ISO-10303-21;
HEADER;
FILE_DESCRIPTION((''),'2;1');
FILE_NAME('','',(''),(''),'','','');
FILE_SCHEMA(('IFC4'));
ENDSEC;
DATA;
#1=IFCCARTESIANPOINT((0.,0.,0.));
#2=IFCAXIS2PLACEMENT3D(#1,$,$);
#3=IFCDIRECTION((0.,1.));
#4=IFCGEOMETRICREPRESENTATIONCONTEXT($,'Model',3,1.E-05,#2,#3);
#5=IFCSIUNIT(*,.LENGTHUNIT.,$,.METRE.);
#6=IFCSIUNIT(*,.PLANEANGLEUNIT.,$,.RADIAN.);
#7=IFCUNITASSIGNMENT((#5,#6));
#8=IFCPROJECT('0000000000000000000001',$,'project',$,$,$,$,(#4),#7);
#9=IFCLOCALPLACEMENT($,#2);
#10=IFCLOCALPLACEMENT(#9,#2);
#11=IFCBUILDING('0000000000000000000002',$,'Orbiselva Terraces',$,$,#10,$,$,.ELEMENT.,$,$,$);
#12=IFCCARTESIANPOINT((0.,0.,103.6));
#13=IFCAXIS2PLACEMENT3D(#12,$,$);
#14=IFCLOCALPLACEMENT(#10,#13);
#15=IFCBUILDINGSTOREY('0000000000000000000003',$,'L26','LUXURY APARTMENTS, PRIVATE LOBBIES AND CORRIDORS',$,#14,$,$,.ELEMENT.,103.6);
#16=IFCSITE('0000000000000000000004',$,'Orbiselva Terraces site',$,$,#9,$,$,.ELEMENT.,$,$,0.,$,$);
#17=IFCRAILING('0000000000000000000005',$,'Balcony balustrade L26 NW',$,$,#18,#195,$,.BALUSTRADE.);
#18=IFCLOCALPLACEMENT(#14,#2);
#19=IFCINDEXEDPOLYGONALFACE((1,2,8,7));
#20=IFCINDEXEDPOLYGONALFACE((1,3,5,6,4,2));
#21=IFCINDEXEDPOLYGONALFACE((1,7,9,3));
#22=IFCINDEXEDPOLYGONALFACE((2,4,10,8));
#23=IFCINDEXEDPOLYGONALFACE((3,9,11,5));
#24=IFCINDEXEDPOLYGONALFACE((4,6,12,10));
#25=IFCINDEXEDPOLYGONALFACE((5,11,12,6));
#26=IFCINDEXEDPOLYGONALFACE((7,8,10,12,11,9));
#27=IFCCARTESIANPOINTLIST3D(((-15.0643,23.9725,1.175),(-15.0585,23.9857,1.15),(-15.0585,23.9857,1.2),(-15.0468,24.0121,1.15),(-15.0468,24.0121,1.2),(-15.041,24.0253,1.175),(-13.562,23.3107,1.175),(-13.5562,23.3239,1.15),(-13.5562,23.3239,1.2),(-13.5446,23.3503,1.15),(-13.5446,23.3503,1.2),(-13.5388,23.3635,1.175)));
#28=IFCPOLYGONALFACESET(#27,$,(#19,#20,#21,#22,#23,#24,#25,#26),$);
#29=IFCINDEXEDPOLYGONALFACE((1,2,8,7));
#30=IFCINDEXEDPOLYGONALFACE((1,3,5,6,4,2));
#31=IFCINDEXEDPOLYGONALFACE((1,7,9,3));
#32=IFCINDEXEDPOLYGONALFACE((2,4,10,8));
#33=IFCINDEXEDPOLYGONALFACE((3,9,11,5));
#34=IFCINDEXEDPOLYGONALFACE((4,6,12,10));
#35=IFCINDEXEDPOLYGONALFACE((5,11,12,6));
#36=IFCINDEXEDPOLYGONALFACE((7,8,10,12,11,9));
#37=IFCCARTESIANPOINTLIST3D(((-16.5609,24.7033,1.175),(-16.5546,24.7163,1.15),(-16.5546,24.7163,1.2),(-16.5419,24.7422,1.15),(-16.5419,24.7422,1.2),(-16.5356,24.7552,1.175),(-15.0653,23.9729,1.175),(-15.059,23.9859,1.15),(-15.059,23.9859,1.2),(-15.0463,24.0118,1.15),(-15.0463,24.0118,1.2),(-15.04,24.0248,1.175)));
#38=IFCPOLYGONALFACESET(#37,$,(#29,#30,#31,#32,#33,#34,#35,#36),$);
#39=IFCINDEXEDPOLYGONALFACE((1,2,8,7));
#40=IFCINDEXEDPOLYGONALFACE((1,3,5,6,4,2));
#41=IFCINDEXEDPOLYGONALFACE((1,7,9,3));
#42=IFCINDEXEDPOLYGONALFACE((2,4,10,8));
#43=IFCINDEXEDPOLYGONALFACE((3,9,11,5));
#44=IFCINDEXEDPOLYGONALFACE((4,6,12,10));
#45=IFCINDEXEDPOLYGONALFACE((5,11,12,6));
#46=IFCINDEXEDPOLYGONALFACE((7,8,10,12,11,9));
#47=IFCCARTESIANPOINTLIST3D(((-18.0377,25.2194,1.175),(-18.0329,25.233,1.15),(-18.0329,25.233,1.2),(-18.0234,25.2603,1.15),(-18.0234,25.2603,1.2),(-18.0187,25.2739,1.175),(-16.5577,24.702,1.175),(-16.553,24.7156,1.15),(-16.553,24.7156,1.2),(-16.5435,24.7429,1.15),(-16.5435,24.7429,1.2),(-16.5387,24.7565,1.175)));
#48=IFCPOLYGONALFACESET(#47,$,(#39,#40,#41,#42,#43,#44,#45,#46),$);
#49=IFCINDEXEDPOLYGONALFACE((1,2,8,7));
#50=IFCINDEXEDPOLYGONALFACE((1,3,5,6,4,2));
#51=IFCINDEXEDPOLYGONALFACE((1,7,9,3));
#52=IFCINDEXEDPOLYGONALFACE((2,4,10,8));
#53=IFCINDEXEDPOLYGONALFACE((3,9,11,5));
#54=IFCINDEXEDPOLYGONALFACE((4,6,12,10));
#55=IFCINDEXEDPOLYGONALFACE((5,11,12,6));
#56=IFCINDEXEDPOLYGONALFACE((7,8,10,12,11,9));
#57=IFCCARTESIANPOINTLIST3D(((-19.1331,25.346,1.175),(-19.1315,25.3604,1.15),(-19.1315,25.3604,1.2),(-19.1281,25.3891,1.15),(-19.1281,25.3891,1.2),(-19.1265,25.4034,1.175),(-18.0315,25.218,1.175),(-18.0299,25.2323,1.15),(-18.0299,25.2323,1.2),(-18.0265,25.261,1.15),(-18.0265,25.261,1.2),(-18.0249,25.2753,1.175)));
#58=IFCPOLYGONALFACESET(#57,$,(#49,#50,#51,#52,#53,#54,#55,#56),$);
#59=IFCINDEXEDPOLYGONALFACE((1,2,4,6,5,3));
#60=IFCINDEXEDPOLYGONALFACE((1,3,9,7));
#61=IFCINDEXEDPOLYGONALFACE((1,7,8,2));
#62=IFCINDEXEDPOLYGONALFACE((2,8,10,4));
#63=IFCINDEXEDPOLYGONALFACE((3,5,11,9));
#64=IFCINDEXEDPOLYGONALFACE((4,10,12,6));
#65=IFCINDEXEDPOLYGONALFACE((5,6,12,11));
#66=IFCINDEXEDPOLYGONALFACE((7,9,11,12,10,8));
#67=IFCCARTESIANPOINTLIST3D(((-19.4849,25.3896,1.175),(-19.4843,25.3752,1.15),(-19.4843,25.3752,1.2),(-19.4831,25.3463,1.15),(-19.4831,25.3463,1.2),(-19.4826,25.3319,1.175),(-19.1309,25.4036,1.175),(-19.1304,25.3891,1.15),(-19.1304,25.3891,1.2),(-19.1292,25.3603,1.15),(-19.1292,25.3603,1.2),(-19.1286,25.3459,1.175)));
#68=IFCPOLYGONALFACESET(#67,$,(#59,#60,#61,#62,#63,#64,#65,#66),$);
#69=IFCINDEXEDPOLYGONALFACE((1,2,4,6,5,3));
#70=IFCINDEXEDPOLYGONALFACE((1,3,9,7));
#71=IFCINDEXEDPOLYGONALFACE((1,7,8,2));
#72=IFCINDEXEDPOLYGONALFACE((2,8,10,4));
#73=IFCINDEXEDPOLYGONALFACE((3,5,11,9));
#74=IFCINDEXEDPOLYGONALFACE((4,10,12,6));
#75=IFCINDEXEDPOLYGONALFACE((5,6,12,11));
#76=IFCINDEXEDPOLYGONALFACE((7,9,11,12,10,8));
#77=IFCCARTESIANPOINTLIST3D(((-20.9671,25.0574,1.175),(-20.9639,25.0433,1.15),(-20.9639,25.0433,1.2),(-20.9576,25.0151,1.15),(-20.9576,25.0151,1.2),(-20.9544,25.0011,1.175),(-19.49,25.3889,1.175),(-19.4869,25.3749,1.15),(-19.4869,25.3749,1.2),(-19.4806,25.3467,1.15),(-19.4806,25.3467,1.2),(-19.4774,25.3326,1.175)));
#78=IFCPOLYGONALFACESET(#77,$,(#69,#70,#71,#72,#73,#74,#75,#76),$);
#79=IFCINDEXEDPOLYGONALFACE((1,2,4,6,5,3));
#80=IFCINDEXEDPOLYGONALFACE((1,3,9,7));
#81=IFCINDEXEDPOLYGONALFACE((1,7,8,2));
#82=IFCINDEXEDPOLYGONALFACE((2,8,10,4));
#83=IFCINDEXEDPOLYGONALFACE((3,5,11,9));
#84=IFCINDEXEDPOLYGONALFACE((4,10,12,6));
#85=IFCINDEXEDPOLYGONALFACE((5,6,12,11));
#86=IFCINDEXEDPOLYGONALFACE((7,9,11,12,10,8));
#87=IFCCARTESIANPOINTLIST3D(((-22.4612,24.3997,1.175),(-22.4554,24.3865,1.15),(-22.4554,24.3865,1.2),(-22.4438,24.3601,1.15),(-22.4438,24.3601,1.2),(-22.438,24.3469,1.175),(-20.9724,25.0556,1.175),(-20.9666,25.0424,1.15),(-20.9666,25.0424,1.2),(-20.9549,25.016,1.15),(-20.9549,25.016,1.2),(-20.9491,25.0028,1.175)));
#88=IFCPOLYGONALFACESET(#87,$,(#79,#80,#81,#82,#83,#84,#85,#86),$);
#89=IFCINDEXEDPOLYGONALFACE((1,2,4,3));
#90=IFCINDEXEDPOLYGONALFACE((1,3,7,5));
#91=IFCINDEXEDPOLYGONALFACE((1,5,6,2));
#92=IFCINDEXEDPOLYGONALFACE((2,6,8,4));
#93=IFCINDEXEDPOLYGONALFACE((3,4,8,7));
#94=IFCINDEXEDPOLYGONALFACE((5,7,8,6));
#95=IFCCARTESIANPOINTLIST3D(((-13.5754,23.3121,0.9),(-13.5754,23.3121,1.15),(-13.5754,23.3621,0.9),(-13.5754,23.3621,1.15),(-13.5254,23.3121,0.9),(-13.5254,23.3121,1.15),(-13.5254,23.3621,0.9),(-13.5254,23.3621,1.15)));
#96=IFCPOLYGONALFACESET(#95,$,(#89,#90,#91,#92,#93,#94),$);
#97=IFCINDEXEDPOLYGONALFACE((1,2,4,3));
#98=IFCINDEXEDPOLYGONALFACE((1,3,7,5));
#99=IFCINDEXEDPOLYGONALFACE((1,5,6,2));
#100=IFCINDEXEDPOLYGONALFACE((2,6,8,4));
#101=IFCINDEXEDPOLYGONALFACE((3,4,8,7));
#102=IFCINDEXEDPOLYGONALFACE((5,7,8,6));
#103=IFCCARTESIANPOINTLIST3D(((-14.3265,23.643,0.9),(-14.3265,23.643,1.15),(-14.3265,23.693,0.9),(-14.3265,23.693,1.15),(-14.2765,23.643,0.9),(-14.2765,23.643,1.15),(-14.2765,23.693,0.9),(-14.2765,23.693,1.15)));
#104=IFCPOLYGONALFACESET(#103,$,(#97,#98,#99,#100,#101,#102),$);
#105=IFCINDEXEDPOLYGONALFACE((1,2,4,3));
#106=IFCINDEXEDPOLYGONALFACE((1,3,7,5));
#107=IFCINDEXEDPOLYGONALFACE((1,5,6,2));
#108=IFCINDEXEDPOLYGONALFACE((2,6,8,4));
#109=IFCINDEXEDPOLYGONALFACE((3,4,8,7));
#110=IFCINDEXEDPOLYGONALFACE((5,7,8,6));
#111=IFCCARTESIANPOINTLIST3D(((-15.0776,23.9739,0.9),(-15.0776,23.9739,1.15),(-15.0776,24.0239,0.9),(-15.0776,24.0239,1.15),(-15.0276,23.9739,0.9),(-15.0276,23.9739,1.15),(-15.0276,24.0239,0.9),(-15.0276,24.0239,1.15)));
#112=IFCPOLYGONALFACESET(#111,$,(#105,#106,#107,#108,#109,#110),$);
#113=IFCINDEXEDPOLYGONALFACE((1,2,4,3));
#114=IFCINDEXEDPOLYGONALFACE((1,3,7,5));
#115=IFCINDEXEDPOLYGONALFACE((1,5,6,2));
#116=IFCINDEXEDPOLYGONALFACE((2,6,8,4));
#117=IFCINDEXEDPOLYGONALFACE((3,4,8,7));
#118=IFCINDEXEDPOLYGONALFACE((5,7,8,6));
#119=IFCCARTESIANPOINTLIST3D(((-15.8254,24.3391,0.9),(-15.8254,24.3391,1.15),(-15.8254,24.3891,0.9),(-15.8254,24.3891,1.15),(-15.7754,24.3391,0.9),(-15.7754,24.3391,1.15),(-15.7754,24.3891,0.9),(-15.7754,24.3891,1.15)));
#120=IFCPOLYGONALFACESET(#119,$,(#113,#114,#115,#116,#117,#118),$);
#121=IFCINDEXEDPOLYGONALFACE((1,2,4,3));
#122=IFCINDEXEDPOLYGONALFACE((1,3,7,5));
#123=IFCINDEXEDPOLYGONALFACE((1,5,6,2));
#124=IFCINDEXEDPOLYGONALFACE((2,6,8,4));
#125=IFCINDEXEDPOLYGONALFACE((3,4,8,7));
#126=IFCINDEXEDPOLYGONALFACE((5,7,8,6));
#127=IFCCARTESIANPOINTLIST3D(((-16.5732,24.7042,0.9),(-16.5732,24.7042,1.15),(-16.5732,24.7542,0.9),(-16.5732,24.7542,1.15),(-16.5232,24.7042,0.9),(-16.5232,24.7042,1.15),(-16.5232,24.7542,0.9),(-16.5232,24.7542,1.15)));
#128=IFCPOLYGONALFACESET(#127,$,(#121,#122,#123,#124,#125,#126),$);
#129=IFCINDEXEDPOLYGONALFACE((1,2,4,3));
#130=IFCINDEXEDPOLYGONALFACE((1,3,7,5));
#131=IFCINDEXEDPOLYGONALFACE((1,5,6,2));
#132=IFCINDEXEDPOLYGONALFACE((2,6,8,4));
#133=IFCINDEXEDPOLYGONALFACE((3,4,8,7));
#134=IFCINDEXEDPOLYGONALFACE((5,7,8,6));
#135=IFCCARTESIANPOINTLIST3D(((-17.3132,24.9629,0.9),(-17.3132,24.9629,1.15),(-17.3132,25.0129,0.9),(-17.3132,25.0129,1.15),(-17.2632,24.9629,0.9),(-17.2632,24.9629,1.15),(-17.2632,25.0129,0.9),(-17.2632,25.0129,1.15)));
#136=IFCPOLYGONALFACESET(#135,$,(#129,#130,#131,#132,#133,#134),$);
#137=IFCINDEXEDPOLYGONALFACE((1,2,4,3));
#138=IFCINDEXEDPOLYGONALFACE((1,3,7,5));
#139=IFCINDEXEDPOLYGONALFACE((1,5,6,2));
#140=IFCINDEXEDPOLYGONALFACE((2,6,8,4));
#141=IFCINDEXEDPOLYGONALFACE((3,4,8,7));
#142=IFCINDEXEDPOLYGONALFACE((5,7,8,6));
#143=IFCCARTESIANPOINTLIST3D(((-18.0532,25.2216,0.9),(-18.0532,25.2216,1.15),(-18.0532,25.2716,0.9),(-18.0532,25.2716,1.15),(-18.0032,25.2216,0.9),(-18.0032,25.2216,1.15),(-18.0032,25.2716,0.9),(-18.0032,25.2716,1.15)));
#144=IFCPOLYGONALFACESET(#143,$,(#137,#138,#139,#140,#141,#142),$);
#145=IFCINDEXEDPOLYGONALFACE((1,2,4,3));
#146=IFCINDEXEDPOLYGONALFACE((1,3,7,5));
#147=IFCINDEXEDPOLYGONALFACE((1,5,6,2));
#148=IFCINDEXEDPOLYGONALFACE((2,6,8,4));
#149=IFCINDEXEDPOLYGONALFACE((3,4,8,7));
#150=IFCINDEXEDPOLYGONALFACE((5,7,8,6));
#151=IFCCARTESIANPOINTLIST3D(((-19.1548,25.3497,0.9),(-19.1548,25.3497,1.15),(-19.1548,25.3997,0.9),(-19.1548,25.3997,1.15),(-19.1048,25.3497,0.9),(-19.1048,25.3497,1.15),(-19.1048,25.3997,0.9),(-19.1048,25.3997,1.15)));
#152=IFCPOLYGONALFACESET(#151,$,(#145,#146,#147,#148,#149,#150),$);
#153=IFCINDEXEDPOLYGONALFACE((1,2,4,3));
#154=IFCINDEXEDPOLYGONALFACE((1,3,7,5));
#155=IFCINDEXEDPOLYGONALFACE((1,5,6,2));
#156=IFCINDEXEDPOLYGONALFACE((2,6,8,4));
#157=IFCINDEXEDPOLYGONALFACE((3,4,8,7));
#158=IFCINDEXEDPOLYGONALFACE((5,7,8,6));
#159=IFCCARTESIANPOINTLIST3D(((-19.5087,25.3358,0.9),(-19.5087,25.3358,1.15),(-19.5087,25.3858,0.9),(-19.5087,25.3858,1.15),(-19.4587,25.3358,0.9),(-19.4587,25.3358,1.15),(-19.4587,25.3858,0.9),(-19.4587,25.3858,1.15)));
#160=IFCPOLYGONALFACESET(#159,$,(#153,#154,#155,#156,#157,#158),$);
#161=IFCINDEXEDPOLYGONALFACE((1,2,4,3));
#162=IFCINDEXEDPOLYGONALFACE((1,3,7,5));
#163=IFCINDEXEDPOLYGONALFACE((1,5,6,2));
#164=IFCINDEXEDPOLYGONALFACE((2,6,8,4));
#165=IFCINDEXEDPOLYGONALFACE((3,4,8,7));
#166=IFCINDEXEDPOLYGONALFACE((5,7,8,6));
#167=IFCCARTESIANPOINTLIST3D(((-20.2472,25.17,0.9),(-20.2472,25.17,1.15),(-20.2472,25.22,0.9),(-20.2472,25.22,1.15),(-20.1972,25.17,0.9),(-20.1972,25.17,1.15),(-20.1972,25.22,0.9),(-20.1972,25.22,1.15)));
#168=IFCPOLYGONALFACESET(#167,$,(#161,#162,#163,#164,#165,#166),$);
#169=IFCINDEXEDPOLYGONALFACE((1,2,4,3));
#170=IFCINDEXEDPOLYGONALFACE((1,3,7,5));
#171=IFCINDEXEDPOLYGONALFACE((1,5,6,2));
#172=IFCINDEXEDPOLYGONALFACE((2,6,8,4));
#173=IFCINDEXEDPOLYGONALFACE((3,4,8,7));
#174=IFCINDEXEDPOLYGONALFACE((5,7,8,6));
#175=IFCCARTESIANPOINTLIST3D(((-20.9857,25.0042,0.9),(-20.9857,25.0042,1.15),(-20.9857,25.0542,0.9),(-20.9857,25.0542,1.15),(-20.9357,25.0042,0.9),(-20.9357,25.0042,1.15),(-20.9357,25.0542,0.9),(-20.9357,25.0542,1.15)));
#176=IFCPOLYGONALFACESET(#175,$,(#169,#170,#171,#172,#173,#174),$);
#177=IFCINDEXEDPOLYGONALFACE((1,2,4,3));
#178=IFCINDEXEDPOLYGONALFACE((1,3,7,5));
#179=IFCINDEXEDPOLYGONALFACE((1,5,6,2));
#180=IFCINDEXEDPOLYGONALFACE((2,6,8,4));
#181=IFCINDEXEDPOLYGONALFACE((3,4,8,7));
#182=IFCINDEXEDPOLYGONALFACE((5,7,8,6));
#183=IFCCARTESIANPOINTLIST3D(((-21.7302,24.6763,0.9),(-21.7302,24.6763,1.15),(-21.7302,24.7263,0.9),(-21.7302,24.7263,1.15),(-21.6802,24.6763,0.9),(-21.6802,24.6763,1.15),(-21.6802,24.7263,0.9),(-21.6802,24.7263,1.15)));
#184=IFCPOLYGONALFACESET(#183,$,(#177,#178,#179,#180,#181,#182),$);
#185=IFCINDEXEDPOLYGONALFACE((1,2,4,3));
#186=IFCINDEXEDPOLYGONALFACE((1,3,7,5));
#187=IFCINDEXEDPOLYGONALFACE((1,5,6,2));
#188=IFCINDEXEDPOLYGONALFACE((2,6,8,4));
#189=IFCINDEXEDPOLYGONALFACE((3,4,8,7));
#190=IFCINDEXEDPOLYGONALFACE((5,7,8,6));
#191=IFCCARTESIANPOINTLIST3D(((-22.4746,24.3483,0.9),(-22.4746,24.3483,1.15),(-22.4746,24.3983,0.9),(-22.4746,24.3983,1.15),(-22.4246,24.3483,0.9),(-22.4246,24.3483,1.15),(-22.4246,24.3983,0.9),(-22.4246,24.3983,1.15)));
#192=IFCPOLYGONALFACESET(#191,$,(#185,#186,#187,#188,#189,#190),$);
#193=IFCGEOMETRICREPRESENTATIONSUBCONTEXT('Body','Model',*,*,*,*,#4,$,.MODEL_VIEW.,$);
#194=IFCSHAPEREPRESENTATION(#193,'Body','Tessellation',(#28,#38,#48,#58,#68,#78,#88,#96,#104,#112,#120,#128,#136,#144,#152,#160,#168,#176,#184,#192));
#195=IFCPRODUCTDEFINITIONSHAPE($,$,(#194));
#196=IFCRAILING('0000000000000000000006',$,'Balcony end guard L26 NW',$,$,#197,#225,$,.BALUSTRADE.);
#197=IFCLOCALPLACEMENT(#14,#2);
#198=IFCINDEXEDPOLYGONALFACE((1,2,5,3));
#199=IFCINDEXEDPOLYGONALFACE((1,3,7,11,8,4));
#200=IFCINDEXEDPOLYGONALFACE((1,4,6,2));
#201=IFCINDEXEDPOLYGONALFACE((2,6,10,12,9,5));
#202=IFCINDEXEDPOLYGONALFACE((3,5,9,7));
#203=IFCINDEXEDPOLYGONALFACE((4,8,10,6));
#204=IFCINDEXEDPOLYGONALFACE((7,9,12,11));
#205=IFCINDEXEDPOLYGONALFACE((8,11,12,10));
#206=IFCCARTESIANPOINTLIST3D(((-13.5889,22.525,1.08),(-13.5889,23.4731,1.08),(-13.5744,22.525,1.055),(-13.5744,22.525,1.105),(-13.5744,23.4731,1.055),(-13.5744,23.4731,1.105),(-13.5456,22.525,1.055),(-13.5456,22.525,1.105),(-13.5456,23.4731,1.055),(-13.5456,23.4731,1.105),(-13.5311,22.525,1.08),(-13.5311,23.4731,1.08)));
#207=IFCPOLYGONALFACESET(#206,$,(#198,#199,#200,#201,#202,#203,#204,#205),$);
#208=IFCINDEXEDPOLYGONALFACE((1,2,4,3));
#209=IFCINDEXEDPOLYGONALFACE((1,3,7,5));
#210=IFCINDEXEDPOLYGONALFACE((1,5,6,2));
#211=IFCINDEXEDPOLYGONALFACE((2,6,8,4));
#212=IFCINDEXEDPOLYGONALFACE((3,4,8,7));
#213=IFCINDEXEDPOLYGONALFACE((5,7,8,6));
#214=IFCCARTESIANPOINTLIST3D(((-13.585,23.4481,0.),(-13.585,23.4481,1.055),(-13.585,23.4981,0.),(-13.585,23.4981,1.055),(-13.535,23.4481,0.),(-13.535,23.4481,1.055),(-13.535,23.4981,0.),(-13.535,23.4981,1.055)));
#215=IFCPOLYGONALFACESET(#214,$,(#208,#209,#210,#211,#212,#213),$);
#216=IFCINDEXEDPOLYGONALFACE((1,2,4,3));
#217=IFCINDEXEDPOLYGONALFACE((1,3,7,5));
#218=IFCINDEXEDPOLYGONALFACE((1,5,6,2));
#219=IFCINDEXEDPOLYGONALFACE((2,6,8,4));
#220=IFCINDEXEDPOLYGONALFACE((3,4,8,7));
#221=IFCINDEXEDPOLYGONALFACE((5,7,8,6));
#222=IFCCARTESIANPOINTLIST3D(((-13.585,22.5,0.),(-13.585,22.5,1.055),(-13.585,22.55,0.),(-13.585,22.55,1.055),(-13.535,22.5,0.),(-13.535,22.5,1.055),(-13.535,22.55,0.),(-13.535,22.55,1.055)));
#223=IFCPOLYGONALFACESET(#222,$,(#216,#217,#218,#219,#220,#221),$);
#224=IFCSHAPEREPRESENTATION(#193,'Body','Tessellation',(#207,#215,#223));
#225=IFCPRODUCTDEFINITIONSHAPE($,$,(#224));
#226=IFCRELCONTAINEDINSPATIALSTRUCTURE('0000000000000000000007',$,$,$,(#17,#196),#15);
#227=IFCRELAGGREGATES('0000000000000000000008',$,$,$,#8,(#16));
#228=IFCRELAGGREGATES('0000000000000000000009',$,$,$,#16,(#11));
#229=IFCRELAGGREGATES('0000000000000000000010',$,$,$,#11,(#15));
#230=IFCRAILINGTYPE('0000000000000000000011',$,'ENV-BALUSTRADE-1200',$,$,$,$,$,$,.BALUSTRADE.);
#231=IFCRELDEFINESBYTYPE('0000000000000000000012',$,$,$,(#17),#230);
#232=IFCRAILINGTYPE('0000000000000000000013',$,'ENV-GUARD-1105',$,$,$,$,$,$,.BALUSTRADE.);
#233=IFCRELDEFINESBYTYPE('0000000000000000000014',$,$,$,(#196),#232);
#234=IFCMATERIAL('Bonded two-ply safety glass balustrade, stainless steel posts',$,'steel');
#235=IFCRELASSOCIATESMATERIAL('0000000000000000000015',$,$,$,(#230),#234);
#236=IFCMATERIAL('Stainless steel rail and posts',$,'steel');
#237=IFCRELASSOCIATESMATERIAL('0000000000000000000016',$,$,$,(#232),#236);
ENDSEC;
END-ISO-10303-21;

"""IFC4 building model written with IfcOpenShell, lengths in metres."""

from ifc_helpers import new_model, si_unit, direction, frame, origin, origin_2d, place, context, subcontext, project, spatial, polyline, rectangle, outline, extrude, material, type_object, element, save


model = new_model("IFC4")

# Units and contexts
model_context = context("Model", 3, precision=1e-05, world=origin(), true_north=direction((0.0, 1.0)))
body_context = subcontext(model_context, "Body", "Model", "MODEL_VIEW")
ifc_project = project(units=[si_unit("LENGTHUNIT", "METRE"), si_unit("PLANEANGLEUNIT", "RADIAN")], contexts=[model_context])

# Site, building, storey
site_placement = place(None, origin())
site = spatial("IfcSite", under=ifc_project, at=site_placement, Name="Orbiselva Terraces site", CompositionType="ELEMENT", RefElevation=0.0)
building_placement = place(site_placement, origin())
building = spatial("IfcBuilding", under=site, at=building_placement, Name="Orbiselva Terraces", CompositionType="ELEMENT")
storey_placement = place(building_placement, frame((0.0, 0.0, 103.6)))
storey = spatial("IfcBuildingStorey", under=building, at=storey_placement, Name="L26", Description="LUXURY APARTMENTS, PRIVATE LOBBIES AND CORRIDORS", CompositionType="ELEMENT", Elevation=103.6)

# Railings
ifc_material_1 = material(Name="Bonded two-ply safety glass balustrade, stainless steel posts", Category="steel")
railing_type_1 = type_object("IfcRailingType", Name="ENV-BALUSTRADE-1200", PredefinedType="BALUSTRADE", material=ifc_material_1)
railing_1_placement = place(storey_placement, frame((-13.5504, 23.3371, 0.9)))
element("IfcRailing", 1, at=railing_1_placement, inside=storey, type_object=railing_type_1, Name="Balcony balustrade L26 NW", PredefinedType="BALUSTRADE", context=body_context, shape_type="SweptSolid", body=[
    extrude(outline(polyline([(0.0289, 0.0), (0.0144, 0.025), (-0.0144, 0.025), (-0.0289, 0.0), (-0.0144, -0.025), (0.0144, -0.025), (0.0289, 0.0)])), frame((0.0, 0.0, 0.275), z_axis=(-0.915133, 0.403151, 0.0), x_axis=(-0.403151, -0.915133, 0.0)), (0.0, 0.0, 1.0), 1.6416),
    extrude(outline(polyline([(0.0289, 0.0), (0.0144, 0.025), (-0.0144, 0.025), (-0.0289, 0.0), (-0.0144, -0.025), (0.0144, -0.025), (0.0289, 0.0)])), frame((-1.5022, 0.6618, 0.275), z_axis=(-0.898579, 0.438812, 0.0), x_axis=(-0.438812, -0.898579, 0.0)), (0.0, 0.0, 1.0), 1.6644),
    extrude(outline(polyline([(0.0289, 0.0), (0.0144, 0.025), (-0.0144, 0.025), (-0.0289, 0.0), (-0.0144, -0.025), (0.0144, -0.025), (0.0289, 0.0)])), frame((-2.9978, 1.3921, 0.275), z_axis=(-0.943972, 0.330025, 0.0), x_axis=(-0.330025, -0.943972, 0.0)), (0.0, 0.0, 1.0), 1.5678),
    extrude(outline(polyline([(0.0289, 0.0), (0.0144, 0.025), (-0.0144, 0.025), (-0.0289, 0.0), (-0.0144, -0.025), (0.0144, -0.025), (0.0289, 0.0)])), frame((-4.4778, 1.9096, 0.275), z_axis=(-0.99331, 0.115481, 0.0), x_axis=(-0.115481, -0.99331, 0.0)), (0.0, 0.0, 1.0), 1.109),
    extrude(outline(polyline([(0.0289, 0.0), (0.0144, 0.025), (-0.0144, 0.025), (-0.0289, 0.0), (-0.0144, -0.025), (0.0144, -0.025), (0.0289, 0.0)])), frame((-5.5794, 2.0376, 0.275), z_axis=(-0.999225, -0.039364, 0.0), x_axis=(0.039364, -0.999225, 0.0)), (0.0, 0.0, 1.0), 0.3542),
    extrude(outline(polyline([(0.0289, 0.0), (0.0144, 0.025), (-0.0144, 0.025), (-0.0289, 0.0), (-0.0144, -0.025), (0.0144, -0.025), (0.0289, 0.0)])), frame((-5.9333, 2.0237, 0.275), z_axis=(-0.975721, -0.219016, 0.0), x_axis=(0.219016, -0.975721, 0.0)), (0.0, 0.0, 1.0), 1.5138),
    extrude(outline(polyline([(0.0289, 0.0), (0.0144, 0.025), (-0.0144, 0.025), (-0.0289, 0.0), (-0.0144, -0.025), (0.0144, -0.025), (0.0289, 0.0)])), frame((-7.4104, 1.6921, 0.275), z_axis=(-0.915133, -0.403151, 0.0), x_axis=(0.403151, -0.915133, 0.0)), (0.0, 0.0, 1.0), 1.6269),
    extrude(rectangle(XDim=0.05, YDim=0.05, at=origin_2d()), origin(), (0.0, 0.0, 1.0), 0.25),
    extrude(rectangle(XDim=0.05, YDim=0.05, at=origin_2d()), frame((-0.7511, 0.3309, 0.0)), (0.0, 0.0, 1.0), 0.25),
    extrude(rectangle(XDim=0.05, YDim=0.05, at=origin_2d()), frame((-1.5022, 0.6618, 0.0)), (0.0, 0.0, 1.0), 0.25),
    extrude(rectangle(XDim=0.05, YDim=0.05, at=origin_2d()), frame((-2.25, 1.027, 0.0)), (0.0, 0.0, 1.0), 0.25),
    extrude(rectangle(XDim=0.05, YDim=0.05, at=origin_2d()), frame((-2.9978, 1.3921, 0.0)), (0.0, 0.0, 1.0), 0.25),
    extrude(rectangle(XDim=0.05, YDim=0.05, at=origin_2d()), frame((-3.7378, 1.6509, 0.0)), (0.0, 0.0, 1.0), 0.25),
    extrude(rectangle(XDim=0.05, YDim=0.05, at=origin_2d()), frame((-4.4778, 1.9096, 0.0)), (0.0, 0.0, 1.0), 0.25),
    extrude(rectangle(XDim=0.05, YDim=0.05, at=origin_2d()), frame((-5.5794, 2.0376, 0.0)), (0.0, 0.0, 1.0), 0.25),
    extrude(rectangle(XDim=0.05, YDim=0.05, at=origin_2d()), frame((-5.9333, 2.0237, 0.0)), (0.0, 0.0, 1.0), 0.25),
    extrude(rectangle(XDim=0.05, YDim=0.05, at=origin_2d()), frame((-6.6718, 1.8579, 0.0)), (0.0, 0.0, 1.0), 0.25),
    extrude(rectangle(XDim=0.05, YDim=0.05, at=origin_2d()), frame((-7.4104, 1.6921, 0.0)), (0.0, 0.0, 1.0), 0.25),
    extrude(rectangle(XDim=0.05, YDim=0.05, at=origin_2d()), frame((-8.1548, 1.3642, 0.0)), (0.0, 0.0, 1.0), 0.25),
    extrude(rectangle(XDim=0.05, YDim=0.05, at=origin_2d()), frame((-8.8992, 1.0362, 0.0)), (0.0, 0.0, 1.0), 0.25),
])
ifc_material_2 = material(Name="Stainless steel rail and posts", Category="steel")
railing_type_2 = type_object("IfcRailingType", Name="ENV-GUARD-1105", PredefinedType="BALUSTRADE", material=ifc_material_2)
railing_2_placement = place(storey_placement, frame((-13.56, 23.4731, 0.0)))
element("IfcRailing", 2, at=railing_2_placement, inside=storey, type_object=railing_type_2, Name="Balcony end guard L26 NW", PredefinedType="BALUSTRADE", context=body_context, shape_type="SweptSolid", body=[
    extrude(outline(polyline([(0.0289, 0.0), (0.0144, 0.025), (-0.0144, 0.025), (-0.0289, 0.0), (-0.0144, -0.025), (0.0144, -0.025), (0.0289, 0.0)])), frame((0.0, 0.0, 1.08), z_axis=(0.0, -1.0, 0.0), x_axis=(1.0, 0.0, 0.0)), (0.0, 0.0, 1.0), 0.9481),
    extrude(rectangle(XDim=0.05, YDim=0.05, at=origin_2d()), origin(), (0.0, 0.0, 1.0), 1.055),
    extrude(rectangle(XDim=0.05, YDim=0.05, at=origin_2d()), frame((0.0, -0.9481, 0.0)), (0.0, 0.0, 1.0), 1.055),
])

save(model, "model.ifc")
